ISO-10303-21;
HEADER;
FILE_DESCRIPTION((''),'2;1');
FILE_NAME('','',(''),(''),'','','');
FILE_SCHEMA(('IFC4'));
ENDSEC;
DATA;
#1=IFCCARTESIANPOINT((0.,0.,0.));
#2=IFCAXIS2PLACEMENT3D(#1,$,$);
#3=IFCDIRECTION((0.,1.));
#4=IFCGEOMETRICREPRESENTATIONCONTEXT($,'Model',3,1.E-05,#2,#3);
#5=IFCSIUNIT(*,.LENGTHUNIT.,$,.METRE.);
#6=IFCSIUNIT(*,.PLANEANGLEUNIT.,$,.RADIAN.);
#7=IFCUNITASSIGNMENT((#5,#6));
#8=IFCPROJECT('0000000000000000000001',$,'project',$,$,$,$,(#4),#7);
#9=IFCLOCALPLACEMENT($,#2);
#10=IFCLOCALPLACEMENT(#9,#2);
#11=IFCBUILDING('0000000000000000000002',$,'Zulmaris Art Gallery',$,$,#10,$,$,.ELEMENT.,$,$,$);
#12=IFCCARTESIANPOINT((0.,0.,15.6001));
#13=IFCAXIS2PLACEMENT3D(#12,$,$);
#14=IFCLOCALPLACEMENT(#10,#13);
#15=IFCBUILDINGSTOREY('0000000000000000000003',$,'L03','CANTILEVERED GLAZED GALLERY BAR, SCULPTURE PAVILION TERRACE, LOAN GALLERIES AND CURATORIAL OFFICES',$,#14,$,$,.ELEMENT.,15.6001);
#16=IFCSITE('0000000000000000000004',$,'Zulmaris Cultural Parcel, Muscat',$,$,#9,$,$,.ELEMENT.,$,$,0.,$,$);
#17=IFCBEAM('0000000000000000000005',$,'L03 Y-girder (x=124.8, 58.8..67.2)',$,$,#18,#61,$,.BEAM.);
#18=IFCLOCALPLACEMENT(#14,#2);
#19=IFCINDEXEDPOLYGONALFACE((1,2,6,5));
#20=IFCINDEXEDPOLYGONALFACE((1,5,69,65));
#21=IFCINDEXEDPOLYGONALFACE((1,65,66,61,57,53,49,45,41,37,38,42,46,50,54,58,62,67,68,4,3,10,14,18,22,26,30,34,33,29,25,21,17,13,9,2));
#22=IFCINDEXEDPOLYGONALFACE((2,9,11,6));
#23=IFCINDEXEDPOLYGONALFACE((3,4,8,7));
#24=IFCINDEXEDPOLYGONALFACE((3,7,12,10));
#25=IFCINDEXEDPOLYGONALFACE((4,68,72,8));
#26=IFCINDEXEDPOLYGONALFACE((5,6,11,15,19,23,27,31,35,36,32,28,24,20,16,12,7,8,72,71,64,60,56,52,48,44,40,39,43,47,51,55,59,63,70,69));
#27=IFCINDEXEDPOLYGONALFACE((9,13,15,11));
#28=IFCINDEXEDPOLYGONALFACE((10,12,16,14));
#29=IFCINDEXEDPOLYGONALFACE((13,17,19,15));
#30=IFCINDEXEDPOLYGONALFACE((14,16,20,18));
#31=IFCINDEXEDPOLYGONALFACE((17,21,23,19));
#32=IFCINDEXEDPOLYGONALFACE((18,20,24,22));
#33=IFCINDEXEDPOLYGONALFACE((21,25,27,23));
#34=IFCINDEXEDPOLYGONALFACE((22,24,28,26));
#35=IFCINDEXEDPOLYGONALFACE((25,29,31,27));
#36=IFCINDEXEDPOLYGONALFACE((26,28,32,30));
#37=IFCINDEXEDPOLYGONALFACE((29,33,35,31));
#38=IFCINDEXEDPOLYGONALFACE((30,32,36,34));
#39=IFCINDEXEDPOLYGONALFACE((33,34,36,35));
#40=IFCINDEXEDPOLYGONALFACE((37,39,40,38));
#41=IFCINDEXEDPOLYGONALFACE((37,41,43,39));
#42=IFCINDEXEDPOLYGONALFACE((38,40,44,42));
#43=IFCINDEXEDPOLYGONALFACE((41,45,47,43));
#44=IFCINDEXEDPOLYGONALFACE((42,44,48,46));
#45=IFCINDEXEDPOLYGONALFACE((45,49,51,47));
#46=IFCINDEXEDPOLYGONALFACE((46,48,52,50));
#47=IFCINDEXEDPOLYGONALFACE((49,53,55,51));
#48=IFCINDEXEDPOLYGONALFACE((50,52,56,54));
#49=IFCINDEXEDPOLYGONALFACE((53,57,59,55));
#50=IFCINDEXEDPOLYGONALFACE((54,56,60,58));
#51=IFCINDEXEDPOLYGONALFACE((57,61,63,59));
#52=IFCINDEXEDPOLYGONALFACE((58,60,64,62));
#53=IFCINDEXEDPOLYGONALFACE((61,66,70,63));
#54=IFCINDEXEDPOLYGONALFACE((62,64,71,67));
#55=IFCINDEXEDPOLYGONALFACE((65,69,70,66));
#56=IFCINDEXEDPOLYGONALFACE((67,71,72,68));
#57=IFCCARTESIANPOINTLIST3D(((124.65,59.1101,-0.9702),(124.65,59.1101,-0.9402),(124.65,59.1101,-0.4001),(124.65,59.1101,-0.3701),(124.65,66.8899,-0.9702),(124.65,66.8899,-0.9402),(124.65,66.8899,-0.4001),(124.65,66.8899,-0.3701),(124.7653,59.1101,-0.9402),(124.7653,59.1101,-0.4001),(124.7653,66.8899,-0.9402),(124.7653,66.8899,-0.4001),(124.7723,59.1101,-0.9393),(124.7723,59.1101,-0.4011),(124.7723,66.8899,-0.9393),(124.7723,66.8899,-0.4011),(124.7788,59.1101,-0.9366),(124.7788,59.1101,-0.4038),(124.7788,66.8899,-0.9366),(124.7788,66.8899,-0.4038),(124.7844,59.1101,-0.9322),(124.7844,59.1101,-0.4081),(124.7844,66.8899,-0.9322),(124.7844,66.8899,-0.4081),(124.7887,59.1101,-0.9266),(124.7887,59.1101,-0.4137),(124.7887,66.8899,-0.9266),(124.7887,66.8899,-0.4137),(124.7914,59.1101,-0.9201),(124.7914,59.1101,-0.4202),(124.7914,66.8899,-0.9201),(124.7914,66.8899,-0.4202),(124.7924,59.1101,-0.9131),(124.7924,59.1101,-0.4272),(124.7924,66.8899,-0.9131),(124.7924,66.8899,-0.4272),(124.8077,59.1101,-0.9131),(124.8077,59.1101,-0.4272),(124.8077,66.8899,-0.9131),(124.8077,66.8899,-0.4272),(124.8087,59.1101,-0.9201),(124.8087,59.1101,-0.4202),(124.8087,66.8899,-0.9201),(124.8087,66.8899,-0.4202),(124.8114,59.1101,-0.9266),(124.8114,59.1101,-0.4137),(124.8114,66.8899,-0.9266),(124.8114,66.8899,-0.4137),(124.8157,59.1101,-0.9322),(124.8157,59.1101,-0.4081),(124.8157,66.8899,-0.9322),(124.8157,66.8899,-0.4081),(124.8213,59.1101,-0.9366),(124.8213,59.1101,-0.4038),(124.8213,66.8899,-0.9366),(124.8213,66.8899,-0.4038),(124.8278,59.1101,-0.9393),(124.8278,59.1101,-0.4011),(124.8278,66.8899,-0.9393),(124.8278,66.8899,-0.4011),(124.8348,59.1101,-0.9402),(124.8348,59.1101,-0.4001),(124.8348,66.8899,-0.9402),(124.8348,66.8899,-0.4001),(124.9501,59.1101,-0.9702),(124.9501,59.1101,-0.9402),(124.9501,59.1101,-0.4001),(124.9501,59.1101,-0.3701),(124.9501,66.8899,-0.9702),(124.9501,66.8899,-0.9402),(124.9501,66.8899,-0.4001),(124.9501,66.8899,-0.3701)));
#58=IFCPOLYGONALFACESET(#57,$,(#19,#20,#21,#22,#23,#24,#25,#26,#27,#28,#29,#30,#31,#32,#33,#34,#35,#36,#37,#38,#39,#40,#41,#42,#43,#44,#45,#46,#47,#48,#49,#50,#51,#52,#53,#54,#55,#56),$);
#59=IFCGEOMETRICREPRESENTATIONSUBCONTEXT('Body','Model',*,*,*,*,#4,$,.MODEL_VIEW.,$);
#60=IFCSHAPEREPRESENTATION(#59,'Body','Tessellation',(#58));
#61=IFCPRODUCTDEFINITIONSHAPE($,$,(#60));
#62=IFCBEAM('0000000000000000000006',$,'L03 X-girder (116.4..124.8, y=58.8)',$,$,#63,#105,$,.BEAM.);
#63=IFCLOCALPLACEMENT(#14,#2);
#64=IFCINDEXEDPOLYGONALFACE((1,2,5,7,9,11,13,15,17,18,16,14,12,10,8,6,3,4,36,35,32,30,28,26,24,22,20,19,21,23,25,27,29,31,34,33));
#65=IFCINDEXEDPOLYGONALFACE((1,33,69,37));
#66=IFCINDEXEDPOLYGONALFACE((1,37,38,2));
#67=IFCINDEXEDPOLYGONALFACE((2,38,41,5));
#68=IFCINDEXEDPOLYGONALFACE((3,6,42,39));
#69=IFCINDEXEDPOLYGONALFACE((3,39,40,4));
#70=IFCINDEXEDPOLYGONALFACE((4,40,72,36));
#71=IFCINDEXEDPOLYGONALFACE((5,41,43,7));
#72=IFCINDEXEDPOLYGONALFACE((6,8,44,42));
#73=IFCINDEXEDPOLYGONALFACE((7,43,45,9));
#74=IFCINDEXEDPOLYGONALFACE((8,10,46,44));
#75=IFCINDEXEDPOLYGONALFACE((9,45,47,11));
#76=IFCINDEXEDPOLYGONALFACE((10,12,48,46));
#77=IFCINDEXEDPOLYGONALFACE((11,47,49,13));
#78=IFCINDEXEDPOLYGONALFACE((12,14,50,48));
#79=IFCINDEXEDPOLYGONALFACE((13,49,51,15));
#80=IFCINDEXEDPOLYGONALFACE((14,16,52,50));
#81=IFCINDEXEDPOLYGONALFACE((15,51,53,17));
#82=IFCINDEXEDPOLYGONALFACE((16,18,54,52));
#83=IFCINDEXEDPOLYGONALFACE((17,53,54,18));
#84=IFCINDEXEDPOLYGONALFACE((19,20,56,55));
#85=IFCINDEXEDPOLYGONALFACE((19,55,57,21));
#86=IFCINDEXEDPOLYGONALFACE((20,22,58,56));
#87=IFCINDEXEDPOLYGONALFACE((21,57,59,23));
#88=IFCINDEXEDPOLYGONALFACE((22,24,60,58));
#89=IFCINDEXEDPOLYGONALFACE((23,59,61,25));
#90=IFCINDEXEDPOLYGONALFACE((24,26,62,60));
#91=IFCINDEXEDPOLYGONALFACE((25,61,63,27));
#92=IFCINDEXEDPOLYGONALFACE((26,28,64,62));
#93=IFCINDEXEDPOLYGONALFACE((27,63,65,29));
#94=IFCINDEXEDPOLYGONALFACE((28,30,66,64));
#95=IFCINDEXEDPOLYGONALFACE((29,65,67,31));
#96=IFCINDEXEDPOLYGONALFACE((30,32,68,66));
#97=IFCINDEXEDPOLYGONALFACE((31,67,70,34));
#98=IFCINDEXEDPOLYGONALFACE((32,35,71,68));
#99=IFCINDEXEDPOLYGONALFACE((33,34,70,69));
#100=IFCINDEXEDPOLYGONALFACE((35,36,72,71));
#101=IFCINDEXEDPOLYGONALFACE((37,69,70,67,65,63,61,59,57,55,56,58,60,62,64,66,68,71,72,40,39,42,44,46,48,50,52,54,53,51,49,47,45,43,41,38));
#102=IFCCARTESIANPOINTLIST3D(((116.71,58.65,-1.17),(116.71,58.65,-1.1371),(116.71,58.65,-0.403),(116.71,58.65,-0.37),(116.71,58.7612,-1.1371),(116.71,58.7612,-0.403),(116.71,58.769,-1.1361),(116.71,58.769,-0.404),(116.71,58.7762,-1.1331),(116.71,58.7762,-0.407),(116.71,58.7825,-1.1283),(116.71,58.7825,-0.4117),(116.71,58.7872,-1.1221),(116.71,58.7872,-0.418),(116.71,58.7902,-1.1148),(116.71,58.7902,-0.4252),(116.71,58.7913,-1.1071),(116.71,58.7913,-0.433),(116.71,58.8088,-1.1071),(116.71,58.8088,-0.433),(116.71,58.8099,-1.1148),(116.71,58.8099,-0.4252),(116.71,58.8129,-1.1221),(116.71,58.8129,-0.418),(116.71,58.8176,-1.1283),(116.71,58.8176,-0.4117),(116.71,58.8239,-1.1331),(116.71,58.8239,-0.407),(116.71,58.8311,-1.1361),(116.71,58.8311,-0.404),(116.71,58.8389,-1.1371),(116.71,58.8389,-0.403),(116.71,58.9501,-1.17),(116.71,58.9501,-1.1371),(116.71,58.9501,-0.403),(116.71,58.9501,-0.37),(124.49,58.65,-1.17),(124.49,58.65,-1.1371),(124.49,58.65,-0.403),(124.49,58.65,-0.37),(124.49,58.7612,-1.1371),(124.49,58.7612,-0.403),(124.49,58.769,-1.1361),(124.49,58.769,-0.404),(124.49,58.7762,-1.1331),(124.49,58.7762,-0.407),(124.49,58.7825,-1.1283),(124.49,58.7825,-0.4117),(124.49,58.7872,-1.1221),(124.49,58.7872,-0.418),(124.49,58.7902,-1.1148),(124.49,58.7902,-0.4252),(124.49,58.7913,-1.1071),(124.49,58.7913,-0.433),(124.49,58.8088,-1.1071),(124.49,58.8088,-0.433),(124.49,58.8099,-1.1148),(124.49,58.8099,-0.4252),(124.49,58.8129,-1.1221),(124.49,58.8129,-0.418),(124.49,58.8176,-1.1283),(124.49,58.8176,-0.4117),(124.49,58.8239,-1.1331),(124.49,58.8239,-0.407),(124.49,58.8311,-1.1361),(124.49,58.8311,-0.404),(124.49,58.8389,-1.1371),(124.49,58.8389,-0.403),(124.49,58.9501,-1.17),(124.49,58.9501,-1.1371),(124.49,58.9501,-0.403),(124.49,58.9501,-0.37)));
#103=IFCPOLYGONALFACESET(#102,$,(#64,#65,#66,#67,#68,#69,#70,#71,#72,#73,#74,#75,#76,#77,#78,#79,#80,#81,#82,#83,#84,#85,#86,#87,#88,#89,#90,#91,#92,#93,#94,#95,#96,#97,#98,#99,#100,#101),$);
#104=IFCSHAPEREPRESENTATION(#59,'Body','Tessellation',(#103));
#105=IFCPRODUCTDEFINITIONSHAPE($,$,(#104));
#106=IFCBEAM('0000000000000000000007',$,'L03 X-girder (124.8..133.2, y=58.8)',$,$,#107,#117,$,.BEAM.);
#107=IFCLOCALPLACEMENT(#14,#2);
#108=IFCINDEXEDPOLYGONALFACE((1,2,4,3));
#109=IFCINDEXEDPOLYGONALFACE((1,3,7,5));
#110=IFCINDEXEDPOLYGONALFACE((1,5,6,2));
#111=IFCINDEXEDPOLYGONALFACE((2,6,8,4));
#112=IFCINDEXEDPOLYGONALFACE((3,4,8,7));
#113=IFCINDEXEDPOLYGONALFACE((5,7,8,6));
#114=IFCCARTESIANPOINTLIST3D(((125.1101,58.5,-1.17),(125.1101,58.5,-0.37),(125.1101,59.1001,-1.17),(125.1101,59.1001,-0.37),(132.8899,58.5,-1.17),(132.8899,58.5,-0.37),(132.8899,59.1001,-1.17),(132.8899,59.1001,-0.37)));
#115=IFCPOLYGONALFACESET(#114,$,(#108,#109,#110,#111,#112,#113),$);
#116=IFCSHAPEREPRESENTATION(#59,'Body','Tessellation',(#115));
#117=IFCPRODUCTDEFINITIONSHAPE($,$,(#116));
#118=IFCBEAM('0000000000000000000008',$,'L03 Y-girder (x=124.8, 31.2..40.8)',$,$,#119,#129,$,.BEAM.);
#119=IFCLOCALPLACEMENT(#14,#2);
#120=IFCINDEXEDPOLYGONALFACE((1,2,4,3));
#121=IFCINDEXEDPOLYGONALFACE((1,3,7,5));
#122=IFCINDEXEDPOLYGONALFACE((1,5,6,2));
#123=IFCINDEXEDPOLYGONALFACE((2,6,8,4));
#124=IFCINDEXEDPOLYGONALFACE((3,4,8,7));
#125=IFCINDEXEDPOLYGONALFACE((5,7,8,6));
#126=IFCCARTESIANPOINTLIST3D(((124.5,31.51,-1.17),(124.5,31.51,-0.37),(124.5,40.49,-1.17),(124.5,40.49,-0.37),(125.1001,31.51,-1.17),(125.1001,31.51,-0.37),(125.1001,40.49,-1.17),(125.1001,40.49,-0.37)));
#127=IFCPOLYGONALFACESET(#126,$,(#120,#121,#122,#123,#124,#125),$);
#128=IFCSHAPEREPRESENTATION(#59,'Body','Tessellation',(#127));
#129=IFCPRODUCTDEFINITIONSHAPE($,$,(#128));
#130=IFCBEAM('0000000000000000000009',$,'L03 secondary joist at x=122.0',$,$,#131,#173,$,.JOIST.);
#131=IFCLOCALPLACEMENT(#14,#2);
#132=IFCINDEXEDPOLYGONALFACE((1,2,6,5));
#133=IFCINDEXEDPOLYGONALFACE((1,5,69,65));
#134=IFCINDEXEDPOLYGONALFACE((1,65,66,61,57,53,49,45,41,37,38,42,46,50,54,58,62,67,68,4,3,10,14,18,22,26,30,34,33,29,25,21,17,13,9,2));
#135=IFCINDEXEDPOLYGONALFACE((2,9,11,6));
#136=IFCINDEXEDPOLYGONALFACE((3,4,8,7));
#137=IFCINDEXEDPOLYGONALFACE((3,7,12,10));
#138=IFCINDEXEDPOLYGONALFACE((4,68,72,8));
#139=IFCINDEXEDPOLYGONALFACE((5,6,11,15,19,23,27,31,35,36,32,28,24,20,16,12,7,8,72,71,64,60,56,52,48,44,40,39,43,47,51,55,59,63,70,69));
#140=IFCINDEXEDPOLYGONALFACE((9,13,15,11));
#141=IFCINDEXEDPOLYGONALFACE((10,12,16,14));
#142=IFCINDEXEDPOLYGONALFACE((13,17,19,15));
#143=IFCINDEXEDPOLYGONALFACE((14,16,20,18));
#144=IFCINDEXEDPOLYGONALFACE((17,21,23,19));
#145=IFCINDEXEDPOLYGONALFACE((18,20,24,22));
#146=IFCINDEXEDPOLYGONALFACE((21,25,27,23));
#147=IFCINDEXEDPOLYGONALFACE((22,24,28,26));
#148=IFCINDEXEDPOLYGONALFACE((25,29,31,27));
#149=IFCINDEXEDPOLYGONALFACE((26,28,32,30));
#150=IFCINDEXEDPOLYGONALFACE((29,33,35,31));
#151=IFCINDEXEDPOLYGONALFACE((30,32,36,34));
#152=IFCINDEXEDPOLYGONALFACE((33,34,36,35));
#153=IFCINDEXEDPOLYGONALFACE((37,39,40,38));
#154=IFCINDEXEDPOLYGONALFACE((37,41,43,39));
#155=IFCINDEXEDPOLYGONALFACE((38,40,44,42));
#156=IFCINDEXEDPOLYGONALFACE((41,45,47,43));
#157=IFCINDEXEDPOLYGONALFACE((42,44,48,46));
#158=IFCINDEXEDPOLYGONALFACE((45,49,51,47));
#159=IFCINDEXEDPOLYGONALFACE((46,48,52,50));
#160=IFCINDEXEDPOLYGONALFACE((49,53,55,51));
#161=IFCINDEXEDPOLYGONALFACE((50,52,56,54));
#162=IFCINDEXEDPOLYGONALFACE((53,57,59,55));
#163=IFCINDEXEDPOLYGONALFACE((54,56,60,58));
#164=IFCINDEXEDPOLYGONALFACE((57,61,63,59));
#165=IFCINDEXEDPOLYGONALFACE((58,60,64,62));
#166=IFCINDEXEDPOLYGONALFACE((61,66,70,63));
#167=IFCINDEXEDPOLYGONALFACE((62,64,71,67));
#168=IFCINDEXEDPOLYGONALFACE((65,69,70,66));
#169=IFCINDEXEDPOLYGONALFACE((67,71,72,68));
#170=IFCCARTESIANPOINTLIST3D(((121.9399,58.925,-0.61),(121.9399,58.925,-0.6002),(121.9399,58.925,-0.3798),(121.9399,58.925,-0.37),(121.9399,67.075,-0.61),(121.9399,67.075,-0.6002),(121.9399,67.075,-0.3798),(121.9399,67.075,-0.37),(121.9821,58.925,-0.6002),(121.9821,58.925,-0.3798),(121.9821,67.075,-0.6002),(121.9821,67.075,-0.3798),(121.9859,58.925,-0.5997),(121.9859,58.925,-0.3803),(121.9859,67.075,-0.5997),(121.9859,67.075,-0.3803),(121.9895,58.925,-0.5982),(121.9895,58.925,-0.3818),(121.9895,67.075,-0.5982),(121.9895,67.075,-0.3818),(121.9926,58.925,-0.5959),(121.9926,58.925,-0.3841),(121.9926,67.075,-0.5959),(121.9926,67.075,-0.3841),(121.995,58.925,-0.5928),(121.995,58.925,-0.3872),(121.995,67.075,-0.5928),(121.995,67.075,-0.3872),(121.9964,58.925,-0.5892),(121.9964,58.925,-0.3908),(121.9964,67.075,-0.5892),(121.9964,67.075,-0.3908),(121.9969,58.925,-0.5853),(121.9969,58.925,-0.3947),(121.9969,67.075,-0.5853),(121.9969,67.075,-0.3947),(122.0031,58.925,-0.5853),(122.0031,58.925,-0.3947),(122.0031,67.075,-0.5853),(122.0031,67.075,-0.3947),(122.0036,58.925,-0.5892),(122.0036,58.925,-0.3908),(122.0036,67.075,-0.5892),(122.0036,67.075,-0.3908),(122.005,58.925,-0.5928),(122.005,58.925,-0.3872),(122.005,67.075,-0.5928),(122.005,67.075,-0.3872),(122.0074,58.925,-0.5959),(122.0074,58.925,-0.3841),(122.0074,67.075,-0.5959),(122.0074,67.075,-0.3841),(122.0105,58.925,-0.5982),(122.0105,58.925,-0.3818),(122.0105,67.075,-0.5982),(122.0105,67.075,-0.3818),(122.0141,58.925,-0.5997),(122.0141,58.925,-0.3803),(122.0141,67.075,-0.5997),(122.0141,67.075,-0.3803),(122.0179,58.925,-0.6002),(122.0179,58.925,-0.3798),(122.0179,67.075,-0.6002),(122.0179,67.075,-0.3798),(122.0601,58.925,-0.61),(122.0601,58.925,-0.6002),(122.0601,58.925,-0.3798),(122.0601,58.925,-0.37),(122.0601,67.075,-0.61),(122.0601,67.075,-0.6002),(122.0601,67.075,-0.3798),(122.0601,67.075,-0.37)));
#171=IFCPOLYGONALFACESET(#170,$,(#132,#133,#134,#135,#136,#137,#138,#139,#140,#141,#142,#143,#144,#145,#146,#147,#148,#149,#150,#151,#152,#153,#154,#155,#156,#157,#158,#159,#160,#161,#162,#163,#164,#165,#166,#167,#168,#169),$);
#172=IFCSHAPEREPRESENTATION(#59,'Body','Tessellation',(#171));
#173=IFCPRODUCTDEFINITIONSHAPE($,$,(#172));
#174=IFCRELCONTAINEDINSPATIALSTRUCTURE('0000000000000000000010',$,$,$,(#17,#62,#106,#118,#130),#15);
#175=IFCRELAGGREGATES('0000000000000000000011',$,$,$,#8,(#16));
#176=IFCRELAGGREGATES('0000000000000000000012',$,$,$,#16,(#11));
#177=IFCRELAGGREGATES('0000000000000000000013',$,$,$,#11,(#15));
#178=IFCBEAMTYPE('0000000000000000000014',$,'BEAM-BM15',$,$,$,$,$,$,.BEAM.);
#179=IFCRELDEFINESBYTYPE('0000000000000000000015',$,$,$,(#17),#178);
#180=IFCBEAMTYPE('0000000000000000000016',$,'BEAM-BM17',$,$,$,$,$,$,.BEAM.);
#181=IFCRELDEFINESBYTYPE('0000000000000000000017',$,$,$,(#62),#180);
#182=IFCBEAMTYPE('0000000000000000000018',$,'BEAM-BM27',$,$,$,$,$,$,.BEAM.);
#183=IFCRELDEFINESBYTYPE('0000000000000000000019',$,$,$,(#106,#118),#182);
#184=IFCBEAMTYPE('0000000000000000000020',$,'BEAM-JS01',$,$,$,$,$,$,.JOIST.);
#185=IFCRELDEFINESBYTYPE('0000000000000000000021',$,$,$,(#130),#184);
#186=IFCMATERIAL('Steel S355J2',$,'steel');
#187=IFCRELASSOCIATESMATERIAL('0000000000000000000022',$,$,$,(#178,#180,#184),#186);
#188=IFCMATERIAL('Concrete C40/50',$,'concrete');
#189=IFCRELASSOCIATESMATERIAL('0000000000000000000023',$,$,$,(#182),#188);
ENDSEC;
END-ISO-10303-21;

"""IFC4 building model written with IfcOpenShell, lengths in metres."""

from ifc_helpers import new_model, si_unit, direction, frame, origin, origin_2d, place, context, subcontext, project, spatial, rectangle, i_section, extrude, material, material_profile, profile_set, type_object, element, save


model = new_model("IFC4")

# Units and contexts
model_context = context("Model", 3, precision=1e-05, world=origin(), true_north=direction((0.0, 1.0)))
body_context = subcontext(model_context, "Body", "Model", "MODEL_VIEW")
ifc_project = project(units=[si_unit("LENGTHUNIT", "METRE"), si_unit("PLANEANGLEUNIT", "RADIAN")], contexts=[model_context])

# Site, building, storey
site_placement = place(None, origin())
site = spatial("IfcSite", under=ifc_project, at=site_placement, Name="Zulmaris Cultural Parcel, Muscat", CompositionType="ELEMENT", RefElevation=0.0)
building_placement = place(site_placement, origin())
building = spatial("IfcBuilding", under=site, at=building_placement, Name="Zulmaris Art Gallery", CompositionType="ELEMENT")
storey_placement = place(building_placement, frame((0.0, 0.0, 15.6001)))
storey = spatial("IfcBuildingStorey", under=building, at=storey_placement, Name="L03", Description="CANTILEVERED GLAZED GALLERY BAR, SCULPTURE PAVILION TERRACE, LOAN GALLERIES AND CURATORIAL OFFICES", CompositionType="ELEMENT", Elevation=15.6001)

# Beams
ifc_material_1 = material(Name="Steel S355J2", Category="steel")
ifc_material_profile_1 = material_profile(ifc_material_1, i_section(OverallWidth=0.3, OverallDepth=0.6001, WebThickness=0.0154, FlangeThickness=0.03, FilletRadius=0.0271, at=origin_2d()), Name="HEB 600")
ifc_profile_set_1 = profile_set([ifc_material_profile_1], Name="Steel S355J2")
beam_type_1 = type_object("IfcBeamType", Name="BEAM-BM15", PredefinedType="BEAM", material=ifc_profile_set_1)
for number, where, z_axis, x_axis, name in (
    (1, (124.8, 59.1101, -0.6702), (0.0, 1.0, 0.0), (-1.0, 0.0, 0.0), "L03 Y-girder (x=124.8, 58.8..67.2)"),
):
    element("IfcBeam", number, at=place(storey_placement, frame(where, z_axis=z_axis, x_axis=x_axis)), inside=storey, type_object=beam_type_1, Name=name, PredefinedType="BEAM", context=body_context, shape_type="SweptSolid", body=[
        extrude(i_section(OverallWidth=0.3, OverallDepth=0.6001, WebThickness=0.0154, FlangeThickness=0.03, FilletRadius=0.0271, at=origin_2d()), origin(), (0.0, 0.0, 1.0), 7.7798),
    ])
ifc_material_profile_2 = material_profile(ifc_material_1, i_section(OverallWidth=0.3, OverallDepth=0.8, WebThickness=0.0176, FlangeThickness=0.033, FilletRadius=0.03, at=origin_2d()), Name="HEB 800")
ifc_profile_set_2 = profile_set([ifc_material_profile_2], Name="Steel S355J2")
beam_type_2 = type_object("IfcBeamType", Name="BEAM-BM17", PredefinedType="BEAM", material=ifc_profile_set_2)
beam_1_placement = place(storey_placement, frame((116.71, 58.8, -0.77), z_axis=(1.0, 0.0, 0.0), x_axis=(0.0, 1.0, 0.0)))
element("IfcBeam", 2, at=beam_1_placement, inside=storey, type_object=beam_type_2, Name="L03 X-girder (116.4..124.8, y=58.8)", PredefinedType="BEAM", context=body_context, shape_type="SweptSolid", body=[
    extrude(i_section(OverallWidth=0.3, OverallDepth=0.8, WebThickness=0.0176, FlangeThickness=0.033, FilletRadius=0.03, at=origin_2d()), origin(), (0.0, 0.0, 1.0), 7.78),
])
ifc_material_2 = material(Name="Concrete C40/50", Category="concrete")
ifc_material_profile_3 = material_profile(ifc_material_2, rectangle(XDim=0.6001, YDim=0.8, at=origin_2d()), Name="RC 600x800")
ifc_profile_set_3 = profile_set([ifc_material_profile_3], Name="Concrete C40/50")
beam_type_3 = type_object("IfcBeamType", Name="BEAM-BM27", PredefinedType="BEAM", material=ifc_profile_set_3)
beam_2_placement = place(storey_placement, frame((125.1101, 58.8, -0.77), z_axis=(1.0, 0.0, 0.0), x_axis=(0.0, 1.0, 0.0)))
element("IfcBeam", 3, at=beam_2_placement, inside=storey, type_object=beam_type_3, Name="L03 X-girder (124.8..133.2, y=58.8)", PredefinedType="BEAM", context=body_context, shape_type="SweptSolid", body=[
    extrude(rectangle(XDim=0.6001, YDim=0.8, at=origin_2d()), origin(), (0.0, 0.0, 1.0), 7.7798),
])
beam_3_placement = place(storey_placement, frame((124.8, 31.51, -0.77), z_axis=(0.0, 1.0, 0.0), x_axis=(-1.0, 0.0, 0.0)))
element("IfcBeam", 4, at=beam_3_placement, inside=storey, type_object=beam_type_3, Name="L03 Y-girder (x=124.8, 31.2..40.8)", PredefinedType="BEAM", context=body_context, shape_type="SweptSolid", body=[
    extrude(rectangle(XDim=0.6001, YDim=0.8, at=origin_2d()), origin(), (0.0, 0.0, 1.0), 8.98),
])
ifc_material_profile_4 = material_profile(ifc_material_1, i_section(OverallWidth=0.1201, OverallDepth=0.24, WebThickness=0.0061, FlangeThickness=0.0098, FilletRadius=0.0149, at=origin_2d()), Name="IPE 240")
ifc_profile_set_4 = profile_set([ifc_material_profile_4], Name="Steel S355J2")
beam_type_4 = type_object("IfcBeamType", Name="BEAM-JS01", PredefinedType="JOIST", material=ifc_profile_set_4)
beam_4_placement = place(storey_placement, frame((122.0, 58.925, -0.49), z_axis=(0.0, 1.0, 0.0), x_axis=(-1.0, 0.0, 0.0)))
element("IfcBeam", 5, at=beam_4_placement, inside=storey, type_object=beam_type_4, Name="L03 secondary joist at x=122.0", PredefinedType="JOIST", context=body_context, shape_type="SweptSolid", body=[
    extrude(i_section(OverallWidth=0.1201, OverallDepth=0.24, WebThickness=0.0061, FlangeThickness=0.0098, FilletRadius=0.0149, at=origin_2d()), origin(), (0.0, 0.0, 1.0), 8.1499),
])

save(model, "model.ifc")
